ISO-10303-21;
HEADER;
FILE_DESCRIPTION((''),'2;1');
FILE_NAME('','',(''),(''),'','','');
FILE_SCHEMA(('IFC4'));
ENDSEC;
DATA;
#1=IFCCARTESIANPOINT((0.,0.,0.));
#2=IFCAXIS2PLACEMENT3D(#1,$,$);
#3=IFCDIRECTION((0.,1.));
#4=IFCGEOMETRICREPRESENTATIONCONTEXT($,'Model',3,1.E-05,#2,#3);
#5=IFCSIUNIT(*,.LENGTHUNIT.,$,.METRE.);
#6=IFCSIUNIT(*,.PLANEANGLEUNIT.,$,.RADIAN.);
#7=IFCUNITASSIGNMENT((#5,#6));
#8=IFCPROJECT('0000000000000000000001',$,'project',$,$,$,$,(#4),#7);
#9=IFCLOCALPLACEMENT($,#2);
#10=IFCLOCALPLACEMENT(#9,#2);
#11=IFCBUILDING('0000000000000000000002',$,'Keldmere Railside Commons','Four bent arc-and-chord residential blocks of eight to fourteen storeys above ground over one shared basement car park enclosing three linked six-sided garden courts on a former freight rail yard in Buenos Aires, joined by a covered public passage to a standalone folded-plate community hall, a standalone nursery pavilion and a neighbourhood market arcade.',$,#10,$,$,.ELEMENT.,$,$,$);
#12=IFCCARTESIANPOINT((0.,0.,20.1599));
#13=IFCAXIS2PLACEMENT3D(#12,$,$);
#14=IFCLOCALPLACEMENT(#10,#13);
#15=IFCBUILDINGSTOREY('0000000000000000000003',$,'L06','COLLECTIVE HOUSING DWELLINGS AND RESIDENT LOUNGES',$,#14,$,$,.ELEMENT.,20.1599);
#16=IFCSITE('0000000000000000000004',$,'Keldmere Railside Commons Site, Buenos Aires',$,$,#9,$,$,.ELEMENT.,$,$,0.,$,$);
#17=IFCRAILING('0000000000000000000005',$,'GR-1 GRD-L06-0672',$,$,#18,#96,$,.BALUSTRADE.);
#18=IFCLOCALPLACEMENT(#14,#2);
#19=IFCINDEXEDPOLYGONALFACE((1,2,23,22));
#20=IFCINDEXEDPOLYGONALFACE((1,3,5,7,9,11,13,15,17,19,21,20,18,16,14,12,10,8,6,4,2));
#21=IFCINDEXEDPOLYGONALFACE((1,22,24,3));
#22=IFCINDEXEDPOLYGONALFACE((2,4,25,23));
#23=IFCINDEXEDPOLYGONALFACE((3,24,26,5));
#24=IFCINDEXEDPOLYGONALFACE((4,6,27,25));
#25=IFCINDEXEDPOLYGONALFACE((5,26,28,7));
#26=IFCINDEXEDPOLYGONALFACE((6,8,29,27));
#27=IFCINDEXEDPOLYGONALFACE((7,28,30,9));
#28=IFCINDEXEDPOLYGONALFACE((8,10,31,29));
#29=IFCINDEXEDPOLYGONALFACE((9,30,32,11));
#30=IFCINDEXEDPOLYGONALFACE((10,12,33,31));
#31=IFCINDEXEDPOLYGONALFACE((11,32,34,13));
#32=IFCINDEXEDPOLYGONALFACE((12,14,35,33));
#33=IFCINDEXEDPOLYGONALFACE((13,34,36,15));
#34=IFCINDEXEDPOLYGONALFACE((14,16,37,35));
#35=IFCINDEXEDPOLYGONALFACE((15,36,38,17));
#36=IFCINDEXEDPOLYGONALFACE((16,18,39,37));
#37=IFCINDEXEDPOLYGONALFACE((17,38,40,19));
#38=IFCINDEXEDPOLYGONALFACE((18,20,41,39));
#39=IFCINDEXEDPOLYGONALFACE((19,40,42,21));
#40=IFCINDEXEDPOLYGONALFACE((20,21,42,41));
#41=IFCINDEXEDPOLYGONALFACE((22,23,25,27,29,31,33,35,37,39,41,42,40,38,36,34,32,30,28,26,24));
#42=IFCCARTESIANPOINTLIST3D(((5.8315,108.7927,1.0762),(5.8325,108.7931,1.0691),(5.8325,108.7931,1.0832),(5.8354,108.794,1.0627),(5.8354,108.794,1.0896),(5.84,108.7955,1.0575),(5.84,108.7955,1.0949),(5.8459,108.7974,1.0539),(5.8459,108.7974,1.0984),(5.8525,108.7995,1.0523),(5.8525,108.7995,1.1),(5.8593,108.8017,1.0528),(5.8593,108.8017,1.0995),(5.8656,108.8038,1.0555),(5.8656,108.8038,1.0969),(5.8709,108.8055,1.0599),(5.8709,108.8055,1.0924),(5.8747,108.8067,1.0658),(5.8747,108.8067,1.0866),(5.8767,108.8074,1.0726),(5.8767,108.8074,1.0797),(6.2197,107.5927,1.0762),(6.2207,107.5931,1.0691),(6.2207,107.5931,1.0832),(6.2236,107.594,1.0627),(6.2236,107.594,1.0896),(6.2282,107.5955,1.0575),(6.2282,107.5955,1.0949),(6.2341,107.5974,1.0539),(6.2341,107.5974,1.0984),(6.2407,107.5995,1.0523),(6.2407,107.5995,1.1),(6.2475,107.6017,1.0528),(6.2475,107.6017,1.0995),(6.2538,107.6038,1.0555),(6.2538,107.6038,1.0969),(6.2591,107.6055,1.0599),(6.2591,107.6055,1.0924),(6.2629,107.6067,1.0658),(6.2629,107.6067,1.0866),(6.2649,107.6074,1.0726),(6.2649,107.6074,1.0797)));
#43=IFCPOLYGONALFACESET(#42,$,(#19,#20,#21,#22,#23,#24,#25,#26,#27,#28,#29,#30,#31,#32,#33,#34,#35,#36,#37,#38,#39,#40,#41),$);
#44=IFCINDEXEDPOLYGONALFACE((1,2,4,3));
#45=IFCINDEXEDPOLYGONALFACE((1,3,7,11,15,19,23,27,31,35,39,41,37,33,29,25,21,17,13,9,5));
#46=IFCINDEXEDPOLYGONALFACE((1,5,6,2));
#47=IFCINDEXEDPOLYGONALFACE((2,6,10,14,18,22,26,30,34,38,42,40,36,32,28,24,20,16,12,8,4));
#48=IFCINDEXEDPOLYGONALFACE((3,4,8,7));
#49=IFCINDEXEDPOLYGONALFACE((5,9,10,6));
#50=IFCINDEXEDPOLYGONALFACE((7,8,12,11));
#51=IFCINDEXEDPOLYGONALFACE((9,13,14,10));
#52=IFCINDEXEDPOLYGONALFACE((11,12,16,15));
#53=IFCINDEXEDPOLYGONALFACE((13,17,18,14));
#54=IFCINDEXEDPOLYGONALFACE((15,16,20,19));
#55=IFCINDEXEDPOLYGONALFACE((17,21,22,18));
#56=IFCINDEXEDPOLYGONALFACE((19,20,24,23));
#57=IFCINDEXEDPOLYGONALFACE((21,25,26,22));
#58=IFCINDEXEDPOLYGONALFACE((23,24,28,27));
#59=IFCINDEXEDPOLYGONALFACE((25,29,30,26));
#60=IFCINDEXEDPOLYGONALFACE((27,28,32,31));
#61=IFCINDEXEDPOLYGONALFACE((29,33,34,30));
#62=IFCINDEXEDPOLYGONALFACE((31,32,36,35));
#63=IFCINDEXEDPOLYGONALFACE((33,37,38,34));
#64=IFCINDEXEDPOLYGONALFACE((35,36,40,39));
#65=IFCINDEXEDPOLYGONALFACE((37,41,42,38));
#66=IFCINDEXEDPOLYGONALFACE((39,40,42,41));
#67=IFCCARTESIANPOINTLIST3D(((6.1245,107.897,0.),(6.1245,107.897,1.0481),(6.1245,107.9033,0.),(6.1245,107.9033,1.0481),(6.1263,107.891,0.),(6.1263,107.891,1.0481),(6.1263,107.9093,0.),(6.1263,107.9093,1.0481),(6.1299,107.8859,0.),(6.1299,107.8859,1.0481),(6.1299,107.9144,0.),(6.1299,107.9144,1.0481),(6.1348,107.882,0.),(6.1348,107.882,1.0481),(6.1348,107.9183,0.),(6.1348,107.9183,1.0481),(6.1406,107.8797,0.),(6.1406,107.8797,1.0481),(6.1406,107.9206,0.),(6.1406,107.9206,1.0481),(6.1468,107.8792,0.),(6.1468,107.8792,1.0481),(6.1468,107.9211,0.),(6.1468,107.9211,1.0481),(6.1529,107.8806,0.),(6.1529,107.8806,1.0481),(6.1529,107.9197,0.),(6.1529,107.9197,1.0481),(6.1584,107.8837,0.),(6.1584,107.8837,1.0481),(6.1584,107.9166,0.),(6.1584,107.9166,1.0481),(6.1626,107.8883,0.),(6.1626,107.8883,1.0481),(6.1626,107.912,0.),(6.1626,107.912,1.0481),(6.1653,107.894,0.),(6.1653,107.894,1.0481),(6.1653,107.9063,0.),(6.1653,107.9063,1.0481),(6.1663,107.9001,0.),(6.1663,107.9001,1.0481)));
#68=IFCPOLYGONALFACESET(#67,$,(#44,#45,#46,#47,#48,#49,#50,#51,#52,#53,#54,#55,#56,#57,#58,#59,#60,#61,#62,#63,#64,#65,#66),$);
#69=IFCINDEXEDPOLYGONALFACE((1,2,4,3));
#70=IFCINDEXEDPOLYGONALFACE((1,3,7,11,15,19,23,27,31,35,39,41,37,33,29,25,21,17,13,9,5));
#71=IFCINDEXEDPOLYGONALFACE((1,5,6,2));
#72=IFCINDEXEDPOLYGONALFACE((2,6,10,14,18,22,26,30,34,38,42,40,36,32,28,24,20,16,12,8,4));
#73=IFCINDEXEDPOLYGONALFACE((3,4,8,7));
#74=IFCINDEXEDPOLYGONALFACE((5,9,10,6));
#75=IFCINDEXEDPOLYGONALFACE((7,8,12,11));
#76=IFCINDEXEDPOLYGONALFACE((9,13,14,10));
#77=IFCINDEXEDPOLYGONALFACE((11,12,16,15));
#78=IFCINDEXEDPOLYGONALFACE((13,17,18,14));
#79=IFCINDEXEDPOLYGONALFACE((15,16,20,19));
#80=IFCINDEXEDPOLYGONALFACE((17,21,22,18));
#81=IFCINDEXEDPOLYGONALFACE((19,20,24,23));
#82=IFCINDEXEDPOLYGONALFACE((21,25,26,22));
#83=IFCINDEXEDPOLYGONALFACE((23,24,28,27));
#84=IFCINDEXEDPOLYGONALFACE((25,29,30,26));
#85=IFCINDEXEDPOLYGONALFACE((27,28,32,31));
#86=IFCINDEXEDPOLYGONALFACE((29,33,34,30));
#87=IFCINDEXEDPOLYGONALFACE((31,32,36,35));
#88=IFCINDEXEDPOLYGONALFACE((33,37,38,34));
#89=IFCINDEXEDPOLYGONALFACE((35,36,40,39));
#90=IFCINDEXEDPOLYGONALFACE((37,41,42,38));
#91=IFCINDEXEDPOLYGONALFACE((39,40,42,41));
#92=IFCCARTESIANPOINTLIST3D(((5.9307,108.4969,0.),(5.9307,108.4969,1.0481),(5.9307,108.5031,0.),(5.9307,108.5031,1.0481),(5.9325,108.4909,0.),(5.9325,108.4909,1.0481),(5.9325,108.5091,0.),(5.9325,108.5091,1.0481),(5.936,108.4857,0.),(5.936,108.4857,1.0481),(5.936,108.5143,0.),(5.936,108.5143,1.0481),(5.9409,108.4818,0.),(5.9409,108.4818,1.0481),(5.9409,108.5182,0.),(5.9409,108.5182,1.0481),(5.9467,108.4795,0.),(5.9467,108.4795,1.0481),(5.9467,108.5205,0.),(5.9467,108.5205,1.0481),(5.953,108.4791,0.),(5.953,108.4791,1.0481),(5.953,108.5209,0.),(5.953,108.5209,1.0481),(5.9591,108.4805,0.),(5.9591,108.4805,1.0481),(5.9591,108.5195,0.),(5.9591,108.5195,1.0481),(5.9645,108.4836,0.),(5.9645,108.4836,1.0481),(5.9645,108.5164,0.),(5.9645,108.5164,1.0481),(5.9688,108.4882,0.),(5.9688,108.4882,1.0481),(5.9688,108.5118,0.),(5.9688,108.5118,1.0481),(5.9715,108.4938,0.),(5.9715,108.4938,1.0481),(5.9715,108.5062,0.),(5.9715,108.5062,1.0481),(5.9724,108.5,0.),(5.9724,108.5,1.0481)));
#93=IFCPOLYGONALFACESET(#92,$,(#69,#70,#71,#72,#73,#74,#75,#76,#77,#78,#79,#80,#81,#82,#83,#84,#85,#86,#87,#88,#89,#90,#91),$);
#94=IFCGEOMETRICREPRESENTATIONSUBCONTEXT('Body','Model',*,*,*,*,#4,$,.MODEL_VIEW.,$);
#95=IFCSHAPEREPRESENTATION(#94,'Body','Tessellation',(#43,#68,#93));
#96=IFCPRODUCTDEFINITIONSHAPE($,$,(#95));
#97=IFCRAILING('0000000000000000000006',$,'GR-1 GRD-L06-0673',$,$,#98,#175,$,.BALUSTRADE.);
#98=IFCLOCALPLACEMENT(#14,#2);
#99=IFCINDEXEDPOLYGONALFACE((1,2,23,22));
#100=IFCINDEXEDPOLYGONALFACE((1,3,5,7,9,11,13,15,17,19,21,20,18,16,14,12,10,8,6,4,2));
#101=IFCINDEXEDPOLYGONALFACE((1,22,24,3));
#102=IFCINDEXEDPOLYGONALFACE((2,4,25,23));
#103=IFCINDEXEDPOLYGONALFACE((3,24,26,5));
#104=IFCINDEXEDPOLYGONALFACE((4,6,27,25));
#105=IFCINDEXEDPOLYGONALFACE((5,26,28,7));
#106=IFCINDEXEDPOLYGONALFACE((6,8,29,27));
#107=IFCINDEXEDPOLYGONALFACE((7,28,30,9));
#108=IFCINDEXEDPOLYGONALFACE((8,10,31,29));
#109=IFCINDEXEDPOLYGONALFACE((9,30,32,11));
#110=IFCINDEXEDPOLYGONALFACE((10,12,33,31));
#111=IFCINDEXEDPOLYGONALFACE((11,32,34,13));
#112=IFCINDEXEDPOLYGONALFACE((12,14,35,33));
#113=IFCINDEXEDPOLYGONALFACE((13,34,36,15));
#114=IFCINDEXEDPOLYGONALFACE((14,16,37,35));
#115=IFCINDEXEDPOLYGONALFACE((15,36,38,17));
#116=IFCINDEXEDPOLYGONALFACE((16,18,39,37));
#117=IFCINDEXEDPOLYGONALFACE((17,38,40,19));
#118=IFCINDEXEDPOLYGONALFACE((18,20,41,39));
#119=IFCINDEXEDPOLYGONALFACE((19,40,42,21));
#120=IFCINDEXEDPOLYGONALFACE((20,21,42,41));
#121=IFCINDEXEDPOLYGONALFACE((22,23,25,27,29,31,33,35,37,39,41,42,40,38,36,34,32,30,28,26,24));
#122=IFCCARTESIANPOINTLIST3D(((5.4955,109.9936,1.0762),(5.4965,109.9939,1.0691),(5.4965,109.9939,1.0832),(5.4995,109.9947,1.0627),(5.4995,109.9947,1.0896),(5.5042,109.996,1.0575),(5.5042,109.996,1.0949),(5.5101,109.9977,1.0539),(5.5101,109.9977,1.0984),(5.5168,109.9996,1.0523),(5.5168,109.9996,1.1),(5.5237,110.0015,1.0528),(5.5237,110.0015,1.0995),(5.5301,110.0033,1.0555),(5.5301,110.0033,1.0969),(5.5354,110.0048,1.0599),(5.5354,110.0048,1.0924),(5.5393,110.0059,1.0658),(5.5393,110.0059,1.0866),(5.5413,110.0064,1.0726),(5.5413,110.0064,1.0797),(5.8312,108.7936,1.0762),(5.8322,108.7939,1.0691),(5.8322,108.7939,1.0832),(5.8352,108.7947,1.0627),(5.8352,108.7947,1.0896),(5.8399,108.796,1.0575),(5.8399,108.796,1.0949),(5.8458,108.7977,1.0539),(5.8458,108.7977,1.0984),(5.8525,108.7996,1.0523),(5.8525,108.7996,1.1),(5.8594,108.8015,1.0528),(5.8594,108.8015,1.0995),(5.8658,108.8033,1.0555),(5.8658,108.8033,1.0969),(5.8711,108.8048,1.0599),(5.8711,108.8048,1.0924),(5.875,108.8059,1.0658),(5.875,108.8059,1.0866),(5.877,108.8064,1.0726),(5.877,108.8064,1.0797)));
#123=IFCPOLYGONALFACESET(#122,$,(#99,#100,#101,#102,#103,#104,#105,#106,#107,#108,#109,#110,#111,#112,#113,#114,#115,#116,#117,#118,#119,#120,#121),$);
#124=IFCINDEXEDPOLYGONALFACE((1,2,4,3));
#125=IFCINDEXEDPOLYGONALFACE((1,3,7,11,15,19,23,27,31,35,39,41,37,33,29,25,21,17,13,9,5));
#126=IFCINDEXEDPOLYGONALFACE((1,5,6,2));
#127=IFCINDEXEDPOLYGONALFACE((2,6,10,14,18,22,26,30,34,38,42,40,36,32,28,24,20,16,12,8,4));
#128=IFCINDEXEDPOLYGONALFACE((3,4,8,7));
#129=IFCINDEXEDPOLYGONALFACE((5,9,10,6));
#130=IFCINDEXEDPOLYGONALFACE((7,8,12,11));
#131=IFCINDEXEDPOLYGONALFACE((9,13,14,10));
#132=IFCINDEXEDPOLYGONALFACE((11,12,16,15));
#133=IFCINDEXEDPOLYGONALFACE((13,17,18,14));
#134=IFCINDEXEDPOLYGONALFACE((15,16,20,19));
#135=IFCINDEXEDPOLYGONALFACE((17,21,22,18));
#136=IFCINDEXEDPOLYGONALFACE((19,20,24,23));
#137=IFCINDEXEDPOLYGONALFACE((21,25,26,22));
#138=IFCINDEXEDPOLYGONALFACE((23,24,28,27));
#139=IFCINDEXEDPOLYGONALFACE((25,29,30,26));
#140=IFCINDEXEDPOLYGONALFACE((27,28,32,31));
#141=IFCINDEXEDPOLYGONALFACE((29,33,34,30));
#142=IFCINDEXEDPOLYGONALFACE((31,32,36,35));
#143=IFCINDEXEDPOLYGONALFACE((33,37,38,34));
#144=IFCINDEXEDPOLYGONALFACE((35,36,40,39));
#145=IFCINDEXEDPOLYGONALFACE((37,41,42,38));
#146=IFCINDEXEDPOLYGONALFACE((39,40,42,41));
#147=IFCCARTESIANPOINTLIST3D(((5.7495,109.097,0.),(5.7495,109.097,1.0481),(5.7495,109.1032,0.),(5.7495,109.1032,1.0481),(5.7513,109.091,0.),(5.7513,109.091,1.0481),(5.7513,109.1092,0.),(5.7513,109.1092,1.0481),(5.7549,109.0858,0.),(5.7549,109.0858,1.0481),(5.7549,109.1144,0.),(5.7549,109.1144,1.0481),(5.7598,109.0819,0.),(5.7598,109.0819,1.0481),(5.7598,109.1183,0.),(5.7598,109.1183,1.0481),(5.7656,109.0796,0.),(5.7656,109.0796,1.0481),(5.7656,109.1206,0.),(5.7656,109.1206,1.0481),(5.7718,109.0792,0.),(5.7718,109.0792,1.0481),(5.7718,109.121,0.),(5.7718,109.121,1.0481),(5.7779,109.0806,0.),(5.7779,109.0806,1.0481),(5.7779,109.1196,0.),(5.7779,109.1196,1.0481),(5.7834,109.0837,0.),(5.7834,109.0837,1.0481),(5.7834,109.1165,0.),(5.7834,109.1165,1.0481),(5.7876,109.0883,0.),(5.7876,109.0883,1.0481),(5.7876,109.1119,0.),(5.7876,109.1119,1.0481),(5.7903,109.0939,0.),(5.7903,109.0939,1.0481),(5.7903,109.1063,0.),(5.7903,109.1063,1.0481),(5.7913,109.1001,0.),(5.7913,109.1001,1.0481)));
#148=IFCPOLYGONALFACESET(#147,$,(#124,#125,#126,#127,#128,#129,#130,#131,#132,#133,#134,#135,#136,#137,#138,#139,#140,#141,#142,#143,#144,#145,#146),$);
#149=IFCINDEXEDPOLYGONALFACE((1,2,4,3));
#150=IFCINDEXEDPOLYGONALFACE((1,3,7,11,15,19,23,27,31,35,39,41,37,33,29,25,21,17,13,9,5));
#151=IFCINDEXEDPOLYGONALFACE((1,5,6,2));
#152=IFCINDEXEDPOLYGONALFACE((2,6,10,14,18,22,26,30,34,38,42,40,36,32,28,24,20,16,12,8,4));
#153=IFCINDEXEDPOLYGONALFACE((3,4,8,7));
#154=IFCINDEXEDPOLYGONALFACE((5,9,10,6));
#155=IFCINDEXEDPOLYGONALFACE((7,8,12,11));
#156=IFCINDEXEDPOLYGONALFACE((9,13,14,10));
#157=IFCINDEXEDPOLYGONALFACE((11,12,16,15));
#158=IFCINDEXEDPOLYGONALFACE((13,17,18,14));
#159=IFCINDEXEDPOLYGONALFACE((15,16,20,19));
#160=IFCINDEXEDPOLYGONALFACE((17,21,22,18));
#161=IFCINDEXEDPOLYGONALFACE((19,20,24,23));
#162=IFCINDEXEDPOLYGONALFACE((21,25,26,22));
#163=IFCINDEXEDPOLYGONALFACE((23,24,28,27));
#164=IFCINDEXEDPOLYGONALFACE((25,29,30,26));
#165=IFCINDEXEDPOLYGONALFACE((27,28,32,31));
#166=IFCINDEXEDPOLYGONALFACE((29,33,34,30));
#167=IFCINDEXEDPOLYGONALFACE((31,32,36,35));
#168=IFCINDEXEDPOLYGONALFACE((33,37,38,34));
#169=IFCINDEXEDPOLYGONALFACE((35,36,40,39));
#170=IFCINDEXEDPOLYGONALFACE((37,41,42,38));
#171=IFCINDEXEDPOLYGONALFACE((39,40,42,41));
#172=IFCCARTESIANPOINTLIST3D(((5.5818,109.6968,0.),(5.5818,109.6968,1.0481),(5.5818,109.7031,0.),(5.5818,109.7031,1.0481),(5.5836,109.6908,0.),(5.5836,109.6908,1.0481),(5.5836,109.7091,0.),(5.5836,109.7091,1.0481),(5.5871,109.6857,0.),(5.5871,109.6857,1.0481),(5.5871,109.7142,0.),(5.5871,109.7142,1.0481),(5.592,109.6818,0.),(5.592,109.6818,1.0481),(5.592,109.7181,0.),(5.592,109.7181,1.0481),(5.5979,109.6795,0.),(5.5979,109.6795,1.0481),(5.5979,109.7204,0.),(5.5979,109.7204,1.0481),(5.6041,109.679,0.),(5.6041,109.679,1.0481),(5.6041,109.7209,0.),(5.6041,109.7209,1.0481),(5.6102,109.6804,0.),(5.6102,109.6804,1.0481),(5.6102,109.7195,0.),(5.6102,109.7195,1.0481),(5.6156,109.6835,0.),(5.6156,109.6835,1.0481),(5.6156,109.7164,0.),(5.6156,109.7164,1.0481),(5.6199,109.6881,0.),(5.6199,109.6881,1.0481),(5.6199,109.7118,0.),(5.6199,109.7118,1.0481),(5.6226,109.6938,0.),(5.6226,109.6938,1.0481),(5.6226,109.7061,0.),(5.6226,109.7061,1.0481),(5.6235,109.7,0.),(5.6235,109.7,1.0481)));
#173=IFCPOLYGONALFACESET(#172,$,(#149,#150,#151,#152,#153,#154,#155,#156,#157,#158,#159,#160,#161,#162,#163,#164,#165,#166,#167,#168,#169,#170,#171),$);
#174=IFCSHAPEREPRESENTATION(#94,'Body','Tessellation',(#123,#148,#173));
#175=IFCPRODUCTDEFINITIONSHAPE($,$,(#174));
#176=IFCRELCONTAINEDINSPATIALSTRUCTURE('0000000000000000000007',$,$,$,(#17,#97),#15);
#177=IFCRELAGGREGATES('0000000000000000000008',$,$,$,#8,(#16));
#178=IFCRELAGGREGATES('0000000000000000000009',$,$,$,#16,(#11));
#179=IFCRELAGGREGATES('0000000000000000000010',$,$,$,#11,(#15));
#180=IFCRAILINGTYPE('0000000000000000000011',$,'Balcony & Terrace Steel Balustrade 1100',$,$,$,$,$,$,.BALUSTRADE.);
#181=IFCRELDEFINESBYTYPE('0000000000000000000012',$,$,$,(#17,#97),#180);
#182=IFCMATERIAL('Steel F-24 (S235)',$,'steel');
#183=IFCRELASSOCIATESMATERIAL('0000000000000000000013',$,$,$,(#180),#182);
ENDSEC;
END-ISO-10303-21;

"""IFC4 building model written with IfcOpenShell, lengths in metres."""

from ifc_helpers import new_model, si_unit, direction, frame, origin, origin_2d, place, context, subcontext, project, spatial, circle, extrude, material, type_object, element, save


model = new_model("IFC4")

# Units and contexts
model_context = context("Model", 3, precision=1e-05, world=origin(), true_north=direction((0.0, 1.0)))
body_context = subcontext(model_context, "Body", "Model", "MODEL_VIEW")
ifc_project = project(units=[si_unit("LENGTHUNIT", "METRE"), si_unit("PLANEANGLEUNIT", "RADIAN")], contexts=[model_context])

# Site, building, storey
site_placement = place(None, origin())
site = spatial("IfcSite", under=ifc_project, at=site_placement, Name="Keldmere Railside Commons Site, Buenos Aires", CompositionType="ELEMENT", RefElevation=0.0)
building_placement = place(site_placement, origin())
building = spatial("IfcBuilding", under=site, at=building_placement, Name="Keldmere Railside Commons", Description="Four bent arc-and-chord residential blocks of eight to fourteen storeys above ground over one shared basement car park enclosing three linked six-sided garden courts on a former freight rail yard in Buenos Aires, joined by a covered public passage to a standalone folded-plate community hall, a standalone nursery pavilion and a neighbourhood market arcade.", CompositionType="ELEMENT")
storey_placement = place(building_placement, frame((0.0, 0.0, 20.1599)))
storey = spatial("IfcBuildingStorey", under=building, at=storey_placement, Name="L06", Description="COLLECTIVE HOUSING DWELLINGS AND RESIDENT LOUNGES", CompositionType="ELEMENT", Elevation=20.1599)

# Railings
ifc_material_1 = material(Name="Steel F-24 (S235)", Category="steel")
railing_type = type_object("IfcRailingType", Name="Balcony & Terrace Steel Balustrade 1100", PredefinedType="BALUSTRADE", material=ifc_material_1)
railing_1_placement = place(storey_placement, frame((6.2424, 107.6001, 0.0)))
element("IfcRailing", 1, at=railing_1_placement, inside=storey, type_object=railing_type, Name="GR-1 GRD-L06-0672", PredefinedType="BALUSTRADE", context=body_context, shape_type="SweptSolid", body=[
    extrude(circle(Radius=0.0239, at=origin_2d()), frame((0.0, 0.0, 1.0762), z_axis=(-0.307795, 0.951453, 0.0), x_axis=(-0.951453, -0.307795, 0.0)), (0.0, 0.0, 1.0), 1.2612),
    extrude(circle(Radius=0.021, at=origin_2d()), frame((-0.0972, 0.3, 0.0)), (0.0, 0.0, 1.0), 1.0481),
    extrude(circle(Radius=0.021, at=origin_2d()), frame((-0.291, 0.8999, 0.0)), (0.0, 0.0, 1.0), 1.0481),
])
railing_2_placement = place(storey_placement, frame((5.8542, 108.8, 0.0)))
element("IfcRailing", 2, at=railing_2_placement, inside=storey, type_object=railing_type, Name="GR-1 GRD-L06-0673", PredefinedType="BALUSTRADE", context=body_context, shape_type="SweptSolid", body=[
    extrude(circle(Radius=0.0239, at=origin_2d()), frame((0.0, 0.0, 1.0762), z_axis=(-0.269412, 0.963025, 0.0), x_axis=(-0.963025, -0.269412, 0.0)), (0.0, 0.0, 1.0), 1.2461),
    extrude(circle(Radius=0.021, at=origin_2d()), frame((-0.084, 0.3, 0.0)), (0.0, 0.0, 1.0), 1.0481),
    extrude(circle(Radius=0.021, at=origin_2d()), frame((-0.2517, 0.8999, 0.0)), (0.0, 0.0, 1.0), 1.0481),
])

save(model, "model.ifc")
